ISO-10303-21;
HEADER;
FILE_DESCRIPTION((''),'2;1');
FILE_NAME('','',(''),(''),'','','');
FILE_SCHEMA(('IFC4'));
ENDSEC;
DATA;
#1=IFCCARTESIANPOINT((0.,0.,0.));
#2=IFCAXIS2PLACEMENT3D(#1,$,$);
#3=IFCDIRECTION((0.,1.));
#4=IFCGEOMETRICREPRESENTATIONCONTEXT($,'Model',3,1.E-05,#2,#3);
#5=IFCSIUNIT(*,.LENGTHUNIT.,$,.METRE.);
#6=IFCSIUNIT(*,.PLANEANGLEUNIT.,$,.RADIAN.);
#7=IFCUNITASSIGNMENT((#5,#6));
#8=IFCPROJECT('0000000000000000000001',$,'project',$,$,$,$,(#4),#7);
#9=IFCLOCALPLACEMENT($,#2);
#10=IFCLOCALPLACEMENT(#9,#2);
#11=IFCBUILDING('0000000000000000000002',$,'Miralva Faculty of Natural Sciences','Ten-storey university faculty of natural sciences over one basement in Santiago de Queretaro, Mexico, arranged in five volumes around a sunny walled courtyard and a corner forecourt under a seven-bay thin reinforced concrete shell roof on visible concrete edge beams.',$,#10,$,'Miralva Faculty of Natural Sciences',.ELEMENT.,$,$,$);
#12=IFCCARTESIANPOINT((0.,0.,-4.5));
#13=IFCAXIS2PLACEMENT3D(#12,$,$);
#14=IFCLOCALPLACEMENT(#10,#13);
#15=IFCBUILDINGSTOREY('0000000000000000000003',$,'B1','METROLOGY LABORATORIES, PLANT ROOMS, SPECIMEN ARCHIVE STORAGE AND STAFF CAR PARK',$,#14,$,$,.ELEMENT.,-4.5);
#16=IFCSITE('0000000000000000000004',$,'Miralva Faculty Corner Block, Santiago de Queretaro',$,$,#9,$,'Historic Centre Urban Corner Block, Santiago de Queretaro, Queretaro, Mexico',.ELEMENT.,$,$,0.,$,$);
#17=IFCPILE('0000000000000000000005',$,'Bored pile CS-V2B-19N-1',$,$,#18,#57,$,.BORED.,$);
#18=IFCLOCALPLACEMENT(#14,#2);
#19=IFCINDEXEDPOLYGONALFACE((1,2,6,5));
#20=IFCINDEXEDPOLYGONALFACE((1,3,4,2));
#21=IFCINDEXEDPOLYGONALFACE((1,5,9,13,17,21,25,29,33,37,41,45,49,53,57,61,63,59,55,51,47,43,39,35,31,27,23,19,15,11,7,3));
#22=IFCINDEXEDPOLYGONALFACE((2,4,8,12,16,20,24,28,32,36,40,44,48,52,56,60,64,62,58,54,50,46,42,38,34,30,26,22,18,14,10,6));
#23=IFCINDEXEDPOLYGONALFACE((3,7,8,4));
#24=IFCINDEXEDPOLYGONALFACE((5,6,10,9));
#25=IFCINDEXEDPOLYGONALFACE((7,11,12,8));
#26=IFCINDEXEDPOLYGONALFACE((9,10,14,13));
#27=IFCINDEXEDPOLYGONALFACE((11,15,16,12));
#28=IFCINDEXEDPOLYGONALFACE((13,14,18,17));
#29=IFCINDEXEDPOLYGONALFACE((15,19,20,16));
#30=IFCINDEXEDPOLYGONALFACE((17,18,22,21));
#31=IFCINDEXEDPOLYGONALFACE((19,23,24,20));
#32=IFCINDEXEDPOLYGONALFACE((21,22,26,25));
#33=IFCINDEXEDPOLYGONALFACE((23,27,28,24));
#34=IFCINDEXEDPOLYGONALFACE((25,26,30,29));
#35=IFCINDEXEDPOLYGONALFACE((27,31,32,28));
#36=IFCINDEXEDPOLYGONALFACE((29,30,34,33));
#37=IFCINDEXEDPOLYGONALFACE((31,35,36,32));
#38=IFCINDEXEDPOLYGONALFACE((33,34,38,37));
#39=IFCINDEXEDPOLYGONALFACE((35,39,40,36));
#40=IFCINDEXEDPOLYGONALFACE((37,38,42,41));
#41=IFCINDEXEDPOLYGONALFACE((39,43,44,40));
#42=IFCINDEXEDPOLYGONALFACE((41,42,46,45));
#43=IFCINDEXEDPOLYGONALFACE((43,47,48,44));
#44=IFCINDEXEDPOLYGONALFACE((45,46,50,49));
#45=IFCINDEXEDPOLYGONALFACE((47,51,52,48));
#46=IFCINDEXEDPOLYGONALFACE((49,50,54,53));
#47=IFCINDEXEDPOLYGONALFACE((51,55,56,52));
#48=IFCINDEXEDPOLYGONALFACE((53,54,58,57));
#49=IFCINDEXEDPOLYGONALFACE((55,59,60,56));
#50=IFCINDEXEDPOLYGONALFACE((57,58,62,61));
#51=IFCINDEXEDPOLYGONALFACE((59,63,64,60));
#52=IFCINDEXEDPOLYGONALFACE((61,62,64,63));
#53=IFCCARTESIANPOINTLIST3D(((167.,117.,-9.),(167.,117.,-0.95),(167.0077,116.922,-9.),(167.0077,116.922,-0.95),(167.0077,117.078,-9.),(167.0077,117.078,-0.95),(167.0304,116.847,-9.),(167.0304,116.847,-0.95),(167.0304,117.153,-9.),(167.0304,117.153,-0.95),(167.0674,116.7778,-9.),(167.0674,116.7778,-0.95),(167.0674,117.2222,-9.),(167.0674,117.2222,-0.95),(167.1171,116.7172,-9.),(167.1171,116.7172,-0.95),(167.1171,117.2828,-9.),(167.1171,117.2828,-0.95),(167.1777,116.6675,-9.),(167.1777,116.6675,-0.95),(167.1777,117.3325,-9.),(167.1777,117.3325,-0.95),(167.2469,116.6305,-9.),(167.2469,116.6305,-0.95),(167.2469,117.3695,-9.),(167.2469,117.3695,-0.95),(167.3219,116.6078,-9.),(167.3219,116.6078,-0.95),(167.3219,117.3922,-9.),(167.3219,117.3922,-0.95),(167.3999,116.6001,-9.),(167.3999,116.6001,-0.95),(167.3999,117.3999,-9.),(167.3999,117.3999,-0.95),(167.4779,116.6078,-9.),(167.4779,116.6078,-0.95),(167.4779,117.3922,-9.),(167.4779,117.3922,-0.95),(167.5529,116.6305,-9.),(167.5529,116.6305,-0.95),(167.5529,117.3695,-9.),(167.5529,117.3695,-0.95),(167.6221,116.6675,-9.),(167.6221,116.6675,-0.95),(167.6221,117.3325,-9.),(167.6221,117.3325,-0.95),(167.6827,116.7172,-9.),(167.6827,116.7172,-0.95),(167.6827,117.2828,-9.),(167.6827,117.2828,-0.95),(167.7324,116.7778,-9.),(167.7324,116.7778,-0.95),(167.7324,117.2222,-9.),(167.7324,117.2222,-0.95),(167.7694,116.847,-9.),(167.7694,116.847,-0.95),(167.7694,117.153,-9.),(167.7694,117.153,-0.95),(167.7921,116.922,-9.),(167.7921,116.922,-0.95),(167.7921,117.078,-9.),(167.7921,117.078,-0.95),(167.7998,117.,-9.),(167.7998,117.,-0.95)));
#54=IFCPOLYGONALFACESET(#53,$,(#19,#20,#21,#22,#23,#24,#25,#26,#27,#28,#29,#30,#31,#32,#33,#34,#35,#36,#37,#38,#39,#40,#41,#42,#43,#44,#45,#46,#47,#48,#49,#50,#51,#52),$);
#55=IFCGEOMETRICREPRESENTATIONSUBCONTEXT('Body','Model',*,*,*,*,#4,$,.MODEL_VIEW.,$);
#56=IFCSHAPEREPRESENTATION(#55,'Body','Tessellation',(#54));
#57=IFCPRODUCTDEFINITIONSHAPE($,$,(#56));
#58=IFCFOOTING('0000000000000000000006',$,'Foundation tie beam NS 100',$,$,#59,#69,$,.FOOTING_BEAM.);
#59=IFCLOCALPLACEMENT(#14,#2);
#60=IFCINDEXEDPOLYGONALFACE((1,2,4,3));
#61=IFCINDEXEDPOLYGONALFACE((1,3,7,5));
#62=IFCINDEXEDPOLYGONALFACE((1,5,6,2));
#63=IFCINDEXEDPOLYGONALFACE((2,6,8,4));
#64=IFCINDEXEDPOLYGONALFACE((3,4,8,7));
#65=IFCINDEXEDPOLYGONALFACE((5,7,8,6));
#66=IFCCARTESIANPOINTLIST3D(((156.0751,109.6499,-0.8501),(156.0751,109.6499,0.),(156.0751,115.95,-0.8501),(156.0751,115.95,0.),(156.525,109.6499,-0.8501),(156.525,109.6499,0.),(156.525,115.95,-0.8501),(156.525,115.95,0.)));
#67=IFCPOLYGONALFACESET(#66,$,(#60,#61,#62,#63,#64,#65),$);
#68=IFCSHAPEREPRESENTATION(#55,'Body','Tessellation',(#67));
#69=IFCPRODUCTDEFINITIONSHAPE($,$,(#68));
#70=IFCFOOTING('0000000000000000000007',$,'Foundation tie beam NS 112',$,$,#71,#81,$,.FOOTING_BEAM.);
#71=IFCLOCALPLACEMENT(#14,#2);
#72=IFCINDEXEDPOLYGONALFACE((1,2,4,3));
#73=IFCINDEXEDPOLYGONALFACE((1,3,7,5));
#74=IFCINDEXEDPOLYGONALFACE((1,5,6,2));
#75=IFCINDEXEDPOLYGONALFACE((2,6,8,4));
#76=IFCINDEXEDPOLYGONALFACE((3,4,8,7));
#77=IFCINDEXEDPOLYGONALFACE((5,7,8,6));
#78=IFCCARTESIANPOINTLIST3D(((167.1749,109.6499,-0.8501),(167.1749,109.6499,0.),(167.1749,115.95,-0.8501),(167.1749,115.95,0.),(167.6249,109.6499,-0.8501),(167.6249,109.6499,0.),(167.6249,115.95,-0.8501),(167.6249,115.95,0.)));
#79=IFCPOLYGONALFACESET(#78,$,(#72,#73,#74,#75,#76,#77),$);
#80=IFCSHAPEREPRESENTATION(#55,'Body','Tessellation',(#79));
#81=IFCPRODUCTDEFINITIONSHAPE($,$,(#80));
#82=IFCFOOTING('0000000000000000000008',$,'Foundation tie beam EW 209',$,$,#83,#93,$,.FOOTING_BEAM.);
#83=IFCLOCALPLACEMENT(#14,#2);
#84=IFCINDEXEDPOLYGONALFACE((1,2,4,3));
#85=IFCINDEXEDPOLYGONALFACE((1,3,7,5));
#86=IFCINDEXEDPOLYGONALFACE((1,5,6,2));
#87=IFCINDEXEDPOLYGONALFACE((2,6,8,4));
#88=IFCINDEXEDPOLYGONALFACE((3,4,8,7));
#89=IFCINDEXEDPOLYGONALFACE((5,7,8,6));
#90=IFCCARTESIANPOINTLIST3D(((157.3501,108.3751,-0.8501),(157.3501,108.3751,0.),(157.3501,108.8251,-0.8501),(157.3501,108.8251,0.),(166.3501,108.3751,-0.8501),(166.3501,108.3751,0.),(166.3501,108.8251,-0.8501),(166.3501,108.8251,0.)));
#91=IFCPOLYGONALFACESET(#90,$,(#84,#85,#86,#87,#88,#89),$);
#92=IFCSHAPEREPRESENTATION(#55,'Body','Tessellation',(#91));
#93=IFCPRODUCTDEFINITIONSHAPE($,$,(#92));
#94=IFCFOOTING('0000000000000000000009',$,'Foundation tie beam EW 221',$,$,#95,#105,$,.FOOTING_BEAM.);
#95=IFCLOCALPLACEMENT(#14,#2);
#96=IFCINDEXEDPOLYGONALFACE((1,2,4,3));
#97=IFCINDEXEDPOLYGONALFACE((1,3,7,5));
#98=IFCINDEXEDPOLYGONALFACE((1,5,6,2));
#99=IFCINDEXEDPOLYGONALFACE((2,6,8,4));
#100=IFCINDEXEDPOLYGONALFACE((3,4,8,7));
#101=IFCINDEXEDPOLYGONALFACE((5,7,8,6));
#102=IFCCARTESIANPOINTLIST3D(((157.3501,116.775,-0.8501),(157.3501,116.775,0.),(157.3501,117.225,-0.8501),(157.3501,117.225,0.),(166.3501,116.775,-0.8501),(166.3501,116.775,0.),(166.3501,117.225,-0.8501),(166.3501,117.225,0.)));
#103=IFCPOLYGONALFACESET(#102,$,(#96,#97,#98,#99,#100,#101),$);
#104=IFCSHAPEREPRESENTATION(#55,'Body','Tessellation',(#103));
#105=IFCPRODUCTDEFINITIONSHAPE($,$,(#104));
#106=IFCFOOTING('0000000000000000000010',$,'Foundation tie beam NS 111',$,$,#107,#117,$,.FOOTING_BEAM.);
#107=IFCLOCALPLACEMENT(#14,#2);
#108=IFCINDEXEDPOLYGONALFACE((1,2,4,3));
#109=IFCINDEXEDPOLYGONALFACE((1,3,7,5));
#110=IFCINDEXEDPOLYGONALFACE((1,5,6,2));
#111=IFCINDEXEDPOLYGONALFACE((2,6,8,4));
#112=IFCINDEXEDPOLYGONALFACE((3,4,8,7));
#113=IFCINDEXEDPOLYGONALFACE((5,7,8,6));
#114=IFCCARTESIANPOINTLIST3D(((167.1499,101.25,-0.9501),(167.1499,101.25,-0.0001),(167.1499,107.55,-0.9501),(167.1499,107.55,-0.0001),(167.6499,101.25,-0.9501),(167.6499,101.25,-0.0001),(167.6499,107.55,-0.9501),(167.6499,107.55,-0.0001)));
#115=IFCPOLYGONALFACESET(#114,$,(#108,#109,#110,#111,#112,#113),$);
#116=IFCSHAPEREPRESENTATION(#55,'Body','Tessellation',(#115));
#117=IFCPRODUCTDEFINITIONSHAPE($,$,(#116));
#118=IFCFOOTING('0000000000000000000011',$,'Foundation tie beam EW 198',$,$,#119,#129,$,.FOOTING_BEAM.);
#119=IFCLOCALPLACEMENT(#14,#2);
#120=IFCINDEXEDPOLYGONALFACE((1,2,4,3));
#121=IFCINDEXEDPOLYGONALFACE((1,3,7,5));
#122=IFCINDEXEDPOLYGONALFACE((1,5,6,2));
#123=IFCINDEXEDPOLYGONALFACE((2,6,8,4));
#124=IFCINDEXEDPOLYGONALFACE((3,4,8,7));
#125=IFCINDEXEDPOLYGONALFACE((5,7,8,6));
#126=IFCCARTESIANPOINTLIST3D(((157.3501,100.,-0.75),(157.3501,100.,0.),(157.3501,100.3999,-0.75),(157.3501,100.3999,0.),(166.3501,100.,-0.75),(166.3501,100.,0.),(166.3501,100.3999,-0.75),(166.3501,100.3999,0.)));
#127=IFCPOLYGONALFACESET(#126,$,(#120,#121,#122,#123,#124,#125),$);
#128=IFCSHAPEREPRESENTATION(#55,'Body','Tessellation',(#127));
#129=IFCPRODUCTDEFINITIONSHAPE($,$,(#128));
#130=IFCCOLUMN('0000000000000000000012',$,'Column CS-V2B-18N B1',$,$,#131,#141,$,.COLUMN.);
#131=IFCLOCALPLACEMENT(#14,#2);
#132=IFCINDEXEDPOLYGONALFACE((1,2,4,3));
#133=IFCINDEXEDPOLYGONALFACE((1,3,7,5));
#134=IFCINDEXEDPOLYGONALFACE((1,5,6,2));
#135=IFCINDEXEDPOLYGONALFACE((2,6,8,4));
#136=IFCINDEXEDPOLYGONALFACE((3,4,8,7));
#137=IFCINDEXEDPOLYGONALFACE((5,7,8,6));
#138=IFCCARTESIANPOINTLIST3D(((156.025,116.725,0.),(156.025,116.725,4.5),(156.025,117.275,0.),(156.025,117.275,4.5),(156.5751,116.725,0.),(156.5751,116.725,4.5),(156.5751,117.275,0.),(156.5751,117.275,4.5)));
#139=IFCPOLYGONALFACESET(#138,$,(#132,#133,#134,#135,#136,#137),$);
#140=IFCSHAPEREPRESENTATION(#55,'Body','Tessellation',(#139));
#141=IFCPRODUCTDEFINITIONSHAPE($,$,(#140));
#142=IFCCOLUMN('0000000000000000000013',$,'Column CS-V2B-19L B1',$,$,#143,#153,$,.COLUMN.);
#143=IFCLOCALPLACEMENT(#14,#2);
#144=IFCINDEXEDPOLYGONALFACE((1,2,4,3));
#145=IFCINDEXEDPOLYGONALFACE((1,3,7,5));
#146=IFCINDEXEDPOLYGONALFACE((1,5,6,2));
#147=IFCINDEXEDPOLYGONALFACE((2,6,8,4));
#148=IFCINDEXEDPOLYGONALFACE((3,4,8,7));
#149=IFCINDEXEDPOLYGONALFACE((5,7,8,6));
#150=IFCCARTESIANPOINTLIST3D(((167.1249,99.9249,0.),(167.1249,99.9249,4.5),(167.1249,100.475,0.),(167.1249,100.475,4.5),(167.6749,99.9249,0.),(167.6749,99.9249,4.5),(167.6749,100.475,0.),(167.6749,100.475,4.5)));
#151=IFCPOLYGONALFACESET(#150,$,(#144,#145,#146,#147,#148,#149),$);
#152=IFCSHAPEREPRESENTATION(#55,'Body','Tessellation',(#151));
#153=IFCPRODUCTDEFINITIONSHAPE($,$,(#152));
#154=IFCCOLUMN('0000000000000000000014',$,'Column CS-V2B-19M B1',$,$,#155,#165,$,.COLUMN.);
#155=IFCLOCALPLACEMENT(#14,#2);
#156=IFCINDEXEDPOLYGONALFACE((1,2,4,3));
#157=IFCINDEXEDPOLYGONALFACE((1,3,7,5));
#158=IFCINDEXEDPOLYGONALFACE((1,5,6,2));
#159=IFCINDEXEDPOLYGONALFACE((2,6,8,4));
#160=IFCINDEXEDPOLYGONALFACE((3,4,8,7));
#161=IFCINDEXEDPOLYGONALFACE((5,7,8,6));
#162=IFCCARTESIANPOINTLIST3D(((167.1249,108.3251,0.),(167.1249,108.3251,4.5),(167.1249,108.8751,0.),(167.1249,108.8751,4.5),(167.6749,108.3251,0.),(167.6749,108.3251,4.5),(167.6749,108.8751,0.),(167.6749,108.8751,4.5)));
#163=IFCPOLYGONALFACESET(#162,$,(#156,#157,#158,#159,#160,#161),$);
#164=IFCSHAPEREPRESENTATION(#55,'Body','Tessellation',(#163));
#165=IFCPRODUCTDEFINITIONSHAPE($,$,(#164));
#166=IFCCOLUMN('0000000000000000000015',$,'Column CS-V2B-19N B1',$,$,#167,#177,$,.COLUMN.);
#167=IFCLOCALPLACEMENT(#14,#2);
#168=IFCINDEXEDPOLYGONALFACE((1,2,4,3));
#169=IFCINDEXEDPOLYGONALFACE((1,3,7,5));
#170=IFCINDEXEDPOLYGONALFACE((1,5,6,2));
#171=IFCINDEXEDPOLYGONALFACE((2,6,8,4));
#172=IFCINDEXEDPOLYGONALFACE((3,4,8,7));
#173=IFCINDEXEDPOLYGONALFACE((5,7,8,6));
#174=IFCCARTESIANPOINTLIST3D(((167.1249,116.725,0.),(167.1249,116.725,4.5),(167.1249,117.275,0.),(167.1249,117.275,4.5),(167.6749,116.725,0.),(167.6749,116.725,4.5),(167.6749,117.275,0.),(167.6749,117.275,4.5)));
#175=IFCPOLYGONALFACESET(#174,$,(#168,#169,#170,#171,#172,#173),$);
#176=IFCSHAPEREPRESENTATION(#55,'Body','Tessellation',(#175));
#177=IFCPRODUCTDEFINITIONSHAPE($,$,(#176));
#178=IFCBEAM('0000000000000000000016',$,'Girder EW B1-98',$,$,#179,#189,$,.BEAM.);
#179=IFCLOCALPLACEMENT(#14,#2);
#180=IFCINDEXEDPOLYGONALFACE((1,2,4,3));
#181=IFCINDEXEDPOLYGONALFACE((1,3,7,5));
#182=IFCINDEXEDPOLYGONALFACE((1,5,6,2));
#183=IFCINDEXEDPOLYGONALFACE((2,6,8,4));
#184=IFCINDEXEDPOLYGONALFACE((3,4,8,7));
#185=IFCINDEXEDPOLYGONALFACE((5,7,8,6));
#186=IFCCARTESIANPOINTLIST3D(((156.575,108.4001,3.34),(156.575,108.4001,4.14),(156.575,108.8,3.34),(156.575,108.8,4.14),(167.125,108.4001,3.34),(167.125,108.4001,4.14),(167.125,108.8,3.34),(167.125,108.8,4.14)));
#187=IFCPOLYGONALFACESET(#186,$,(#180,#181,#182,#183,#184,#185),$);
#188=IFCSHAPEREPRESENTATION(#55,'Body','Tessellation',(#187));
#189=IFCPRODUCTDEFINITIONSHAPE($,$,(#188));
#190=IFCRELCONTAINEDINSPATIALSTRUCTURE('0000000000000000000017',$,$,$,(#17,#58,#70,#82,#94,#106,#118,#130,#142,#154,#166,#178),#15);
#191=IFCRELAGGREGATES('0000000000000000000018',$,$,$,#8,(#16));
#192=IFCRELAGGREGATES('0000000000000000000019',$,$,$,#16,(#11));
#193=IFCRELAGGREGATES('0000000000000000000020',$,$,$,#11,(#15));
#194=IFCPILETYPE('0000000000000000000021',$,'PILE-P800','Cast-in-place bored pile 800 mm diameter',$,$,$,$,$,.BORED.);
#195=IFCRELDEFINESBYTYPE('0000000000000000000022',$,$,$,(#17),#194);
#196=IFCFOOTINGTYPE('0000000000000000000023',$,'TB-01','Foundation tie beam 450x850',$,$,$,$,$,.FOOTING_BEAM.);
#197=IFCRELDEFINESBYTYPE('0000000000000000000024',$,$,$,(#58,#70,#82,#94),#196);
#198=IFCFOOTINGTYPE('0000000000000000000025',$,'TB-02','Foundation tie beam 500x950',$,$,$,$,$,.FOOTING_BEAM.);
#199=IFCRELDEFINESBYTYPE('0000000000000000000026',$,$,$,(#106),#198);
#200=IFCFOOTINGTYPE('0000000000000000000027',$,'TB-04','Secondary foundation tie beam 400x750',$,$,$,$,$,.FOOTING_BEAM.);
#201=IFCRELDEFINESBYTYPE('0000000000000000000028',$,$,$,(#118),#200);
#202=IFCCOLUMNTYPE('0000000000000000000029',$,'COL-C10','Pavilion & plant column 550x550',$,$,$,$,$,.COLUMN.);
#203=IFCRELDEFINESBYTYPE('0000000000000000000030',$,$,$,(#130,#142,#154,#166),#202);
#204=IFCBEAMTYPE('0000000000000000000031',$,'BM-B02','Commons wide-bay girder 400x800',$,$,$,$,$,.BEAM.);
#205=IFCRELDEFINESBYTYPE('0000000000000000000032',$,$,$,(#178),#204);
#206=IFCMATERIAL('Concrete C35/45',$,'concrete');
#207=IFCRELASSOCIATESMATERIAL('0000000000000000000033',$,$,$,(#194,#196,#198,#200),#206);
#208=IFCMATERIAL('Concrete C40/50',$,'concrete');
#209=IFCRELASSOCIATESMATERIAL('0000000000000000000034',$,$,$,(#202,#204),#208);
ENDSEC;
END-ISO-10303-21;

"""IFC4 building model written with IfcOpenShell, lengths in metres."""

from ifc_helpers import new_model, si_unit, direction, frame, origin, origin_2d, place, context, subcontext, project, spatial, rectangle, circle, extrude, material, material_profile, profile_set, type_object, element, save


model = new_model("IFC4")

# Units and contexts
model_context = context("Model", 3, precision=1e-05, world=origin(), true_north=direction((0.0, 1.0)))
body_context = subcontext(model_context, "Body", "Model", "MODEL_VIEW")
ifc_project = project(units=[si_unit("LENGTHUNIT", "METRE"), si_unit("PLANEANGLEUNIT", "RADIAN")], contexts=[model_context])

# Site, building, storey
site_placement = place(None, origin())
site = spatial("IfcSite", under=ifc_project, at=site_placement, Name="Miralva Faculty Corner Block, Santiago de Queretaro", LongName="Historic Centre Urban Corner Block, Santiago de Queretaro, Queretaro, Mexico", CompositionType="ELEMENT", RefElevation=0.0)
building_placement = place(site_placement, origin())
building = spatial("IfcBuilding", under=site, at=building_placement, Name="Miralva Faculty of Natural Sciences", Description="Ten-storey university faculty of natural sciences over one basement in Santiago de Queretaro, Mexico, arranged in five volumes around a sunny walled courtyard and a corner forecourt under a seven-bay thin reinforced concrete shell roof on visible concrete edge beams.", LongName="Miralva Faculty of Natural Sciences", CompositionType="ELEMENT")
storey_placement = place(building_placement, frame((0.0, 0.0, -4.5)))
storey = spatial("IfcBuildingStorey", under=building, at=storey_placement, Name="B1", Description="METROLOGY LABORATORIES, PLANT ROOMS, SPECIMEN ARCHIVE STORAGE AND STAFF CAR PARK", CompositionType="ELEMENT", Elevation=-4.5)

# Shared definitions
ifc_material_1 = material(Name="Concrete C35/45", Category="concrete")

# Pile
ifc_material_profile_1 = material_profile(ifc_material_1, circle(Radius=0.3999, at=origin_2d()), Name="BORED PILE 800")
ifc_profile_set_1 = profile_set([ifc_material_profile_1], Name="Concrete C35/45")
pile_type = type_object("IfcPileType", Name="PILE-P800", Description="Cast-in-place bored pile 800 mm diameter", PredefinedType="BORED", material=ifc_profile_set_1)
for number, where, z_axis, x_axis, name in (
    (1, (167.3999, 117.0, -0.95), (0.0, 0.0, -1.0), (1.0, 0.0, 0.0), "Bored pile CS-V2B-19N-1"),
):
    element("IfcPile", number, at=place(storey_placement, frame(where, z_axis=z_axis, x_axis=x_axis)), inside=storey, type_object=pile_type, Name=name, PredefinedType="BORED", context=body_context, shape_type="SweptSolid", body=[
        extrude(circle(Radius=0.3999, at=origin_2d()), origin(), (0.0, 0.0, 1.0), 8.05),
    ])

# Footings
ifc_material_profile_2 = material_profile(ifc_material_1, rectangle(XDim=0.45, YDim=0.8501, at=origin_2d()), Name="RC 450x850")
ifc_profile_set_2 = profile_set([ifc_material_profile_2], Name="Concrete C35/45")
footing_type_1 = type_object("IfcFootingType", Name="TB-01", Description="Foundation tie beam 450x850", PredefinedType="FOOTING_BEAM", material=ifc_profile_set_2)
for number, where, z_axis, x_axis, name in (
    (2, (156.3, 109.6499, -0.425), (0.0, 1.0, 0.0), (-1.0, 0.0, 0.0), "Foundation tie beam NS 100"),
    (3, (167.3999, 109.6499, -0.425), (0.0, 1.0, 0.0), (-1.0, 0.0, 0.0), "Foundation tie beam NS 112"),
):
    element("IfcFooting", number, at=place(storey_placement, frame(where, z_axis=z_axis, x_axis=x_axis)), inside=storey, type_object=footing_type_1, Name=name, PredefinedType="FOOTING_BEAM", context=body_context, shape_type="SweptSolid", body=[
        extrude(rectangle(XDim=0.45, YDim=0.8501, at=origin_2d()), origin(), (0.0, 0.0, 1.0), 6.3),
    ])
for number, where, z_axis, x_axis, name in (
    (4, (157.3501, 108.6001, -0.425), (1.0, 0.0, 0.0), (0.0, 1.0, 0.0), "Foundation tie beam EW 209"),
    (5, (157.3501, 117.0, -0.425), (1.0, 0.0, 0.0), (0.0, 1.0, 0.0), "Foundation tie beam EW 221"),
):
    element("IfcFooting", number, at=place(storey_placement, frame(where, z_axis=z_axis, x_axis=x_axis)), inside=storey, type_object=footing_type_1, Name=name, PredefinedType="FOOTING_BEAM", context=body_context, shape_type="SweptSolid", body=[
        extrude(rectangle(XDim=0.45, YDim=0.8501, at=origin_2d()), origin(), (0.0, 0.0, 1.0), 9.0),
    ])
ifc_material_profile_3 = material_profile(ifc_material_1, rectangle(XDim=0.5, YDim=0.95, at=origin_2d()), Name="RC 500x950")
ifc_profile_set_3 = profile_set([ifc_material_profile_3], Name="Concrete C35/45")
footing_type_2 = type_object("IfcFootingType", Name="TB-02", Description="Foundation tie beam 500x950", PredefinedType="FOOTING_BEAM", material=ifc_profile_set_3)
footing_1_placement = place(storey_placement, frame((167.3999, 101.25, -0.4751), z_axis=(0.0, 1.0, 0.0), x_axis=(-1.0, 0.0, 0.0)))
element("IfcFooting", 6, at=footing_1_placement, inside=storey, type_object=footing_type_2, Name="Foundation tie beam NS 111", PredefinedType="FOOTING_BEAM", context=body_context, shape_type="SweptSolid", body=[
    extrude(rectangle(XDim=0.5, YDim=0.95, at=origin_2d()), origin(), (0.0, 0.0, 1.0), 6.3),
])
ifc_material_profile_4 = material_profile(ifc_material_1, rectangle(XDim=0.3999, YDim=0.75, at=origin_2d()), Name="RC 400x750")
ifc_profile_set_4 = profile_set([ifc_material_profile_4], Name="Concrete C35/45")
footing_type_3 = type_object("IfcFootingType", Name="TB-04", Description="Secondary foundation tie beam 400x750", PredefinedType="FOOTING_BEAM", material=ifc_profile_set_4)
footing_2_placement = place(storey_placement, frame((157.3501, 100.2, -0.375), z_axis=(1.0, 0.0, 0.0), x_axis=(0.0, 1.0, 0.0)))
element("IfcFooting", 7, at=footing_2_placement, inside=storey, type_object=footing_type_3, Name="Foundation tie beam EW 198", PredefinedType="FOOTING_BEAM", context=body_context, shape_type="SweptSolid", body=[
    extrude(rectangle(XDim=0.3999, YDim=0.75, at=origin_2d()), origin(), (0.0, 0.0, 1.0), 9.0),
])

# Columns
ifc_material_2 = material(Name="Concrete C40/50", Category="concrete")
ifc_material_profile_5 = material_profile(ifc_material_2, rectangle(XDim=0.55, YDim=0.55, at=origin_2d()), Name="RC 550x550")
ifc_profile_set_5 = profile_set([ifc_material_profile_5], Name="Concrete C40/50")
column_type = type_object("IfcColumnType", Name="COL-C10", Description="Pavilion & plant column 550x550", PredefinedType="COLUMN", material=ifc_profile_set_5)
for number, where, z_axis, x_axis, name in (
    (8, (156.3, 117.0, 0.0), (0.0, 0.0, 1.0), (1.0, 0.0, 0.0), "Column CS-V2B-18N B1"),
    (9, (167.3999, 100.2, 0.0), (0.0, 0.0, 1.0), (1.0, 0.0, 0.0), "Column CS-V2B-19L B1"),
    (10, (167.3999, 108.6001, 0.0), (0.0, 0.0, 1.0), (1.0, 0.0, 0.0), "Column CS-V2B-19M B1"),
    (11, (167.3999, 117.0, 0.0), (0.0, 0.0, 1.0), (1.0, 0.0, 0.0), "Column CS-V2B-19N B1"),
):
    element("IfcColumn", number, at=place(storey_placement, frame(where, z_axis=z_axis, x_axis=x_axis)), inside=storey, type_object=column_type, Name=name, PredefinedType="COLUMN", context=body_context, shape_type="SweptSolid", body=[
        extrude(rectangle(XDim=0.55, YDim=0.55, at=origin_2d()), origin(), (0.0, 0.0, 1.0), 4.5),
    ])

# Beam
ifc_material_profile_6 = material_profile(ifc_material_2, rectangle(XDim=0.3999, YDim=0.8, at=origin_2d()), Name="RC 400x800")
ifc_profile_set_6 = profile_set([ifc_material_profile_6], Name="Concrete C40/50")
beam_type_1 = type_object("IfcBeamType", Name="BM-B02", Description="Commons wide-bay girder 400x800", PredefinedType="BEAM", material=ifc_profile_set_6)
beam_1_placement = place(storey_placement, frame((156.575, 108.6001, 3.74), z_axis=(1.0, 0.0, 0.0), x_axis=(0.0, 1.0, 0.0)))
element("IfcBeam", 12, at=beam_1_placement, inside=storey, type_object=beam_type_1, Name="Girder EW B1-98", PredefinedType="BEAM", context=body_context, shape_type="SweptSolid", body=[
    extrude(rectangle(XDim=0.3999, YDim=0.8, at=origin_2d()), origin(), (0.0, 0.0, 1.0), 10.55),
])

save(model, "model.ifc")
